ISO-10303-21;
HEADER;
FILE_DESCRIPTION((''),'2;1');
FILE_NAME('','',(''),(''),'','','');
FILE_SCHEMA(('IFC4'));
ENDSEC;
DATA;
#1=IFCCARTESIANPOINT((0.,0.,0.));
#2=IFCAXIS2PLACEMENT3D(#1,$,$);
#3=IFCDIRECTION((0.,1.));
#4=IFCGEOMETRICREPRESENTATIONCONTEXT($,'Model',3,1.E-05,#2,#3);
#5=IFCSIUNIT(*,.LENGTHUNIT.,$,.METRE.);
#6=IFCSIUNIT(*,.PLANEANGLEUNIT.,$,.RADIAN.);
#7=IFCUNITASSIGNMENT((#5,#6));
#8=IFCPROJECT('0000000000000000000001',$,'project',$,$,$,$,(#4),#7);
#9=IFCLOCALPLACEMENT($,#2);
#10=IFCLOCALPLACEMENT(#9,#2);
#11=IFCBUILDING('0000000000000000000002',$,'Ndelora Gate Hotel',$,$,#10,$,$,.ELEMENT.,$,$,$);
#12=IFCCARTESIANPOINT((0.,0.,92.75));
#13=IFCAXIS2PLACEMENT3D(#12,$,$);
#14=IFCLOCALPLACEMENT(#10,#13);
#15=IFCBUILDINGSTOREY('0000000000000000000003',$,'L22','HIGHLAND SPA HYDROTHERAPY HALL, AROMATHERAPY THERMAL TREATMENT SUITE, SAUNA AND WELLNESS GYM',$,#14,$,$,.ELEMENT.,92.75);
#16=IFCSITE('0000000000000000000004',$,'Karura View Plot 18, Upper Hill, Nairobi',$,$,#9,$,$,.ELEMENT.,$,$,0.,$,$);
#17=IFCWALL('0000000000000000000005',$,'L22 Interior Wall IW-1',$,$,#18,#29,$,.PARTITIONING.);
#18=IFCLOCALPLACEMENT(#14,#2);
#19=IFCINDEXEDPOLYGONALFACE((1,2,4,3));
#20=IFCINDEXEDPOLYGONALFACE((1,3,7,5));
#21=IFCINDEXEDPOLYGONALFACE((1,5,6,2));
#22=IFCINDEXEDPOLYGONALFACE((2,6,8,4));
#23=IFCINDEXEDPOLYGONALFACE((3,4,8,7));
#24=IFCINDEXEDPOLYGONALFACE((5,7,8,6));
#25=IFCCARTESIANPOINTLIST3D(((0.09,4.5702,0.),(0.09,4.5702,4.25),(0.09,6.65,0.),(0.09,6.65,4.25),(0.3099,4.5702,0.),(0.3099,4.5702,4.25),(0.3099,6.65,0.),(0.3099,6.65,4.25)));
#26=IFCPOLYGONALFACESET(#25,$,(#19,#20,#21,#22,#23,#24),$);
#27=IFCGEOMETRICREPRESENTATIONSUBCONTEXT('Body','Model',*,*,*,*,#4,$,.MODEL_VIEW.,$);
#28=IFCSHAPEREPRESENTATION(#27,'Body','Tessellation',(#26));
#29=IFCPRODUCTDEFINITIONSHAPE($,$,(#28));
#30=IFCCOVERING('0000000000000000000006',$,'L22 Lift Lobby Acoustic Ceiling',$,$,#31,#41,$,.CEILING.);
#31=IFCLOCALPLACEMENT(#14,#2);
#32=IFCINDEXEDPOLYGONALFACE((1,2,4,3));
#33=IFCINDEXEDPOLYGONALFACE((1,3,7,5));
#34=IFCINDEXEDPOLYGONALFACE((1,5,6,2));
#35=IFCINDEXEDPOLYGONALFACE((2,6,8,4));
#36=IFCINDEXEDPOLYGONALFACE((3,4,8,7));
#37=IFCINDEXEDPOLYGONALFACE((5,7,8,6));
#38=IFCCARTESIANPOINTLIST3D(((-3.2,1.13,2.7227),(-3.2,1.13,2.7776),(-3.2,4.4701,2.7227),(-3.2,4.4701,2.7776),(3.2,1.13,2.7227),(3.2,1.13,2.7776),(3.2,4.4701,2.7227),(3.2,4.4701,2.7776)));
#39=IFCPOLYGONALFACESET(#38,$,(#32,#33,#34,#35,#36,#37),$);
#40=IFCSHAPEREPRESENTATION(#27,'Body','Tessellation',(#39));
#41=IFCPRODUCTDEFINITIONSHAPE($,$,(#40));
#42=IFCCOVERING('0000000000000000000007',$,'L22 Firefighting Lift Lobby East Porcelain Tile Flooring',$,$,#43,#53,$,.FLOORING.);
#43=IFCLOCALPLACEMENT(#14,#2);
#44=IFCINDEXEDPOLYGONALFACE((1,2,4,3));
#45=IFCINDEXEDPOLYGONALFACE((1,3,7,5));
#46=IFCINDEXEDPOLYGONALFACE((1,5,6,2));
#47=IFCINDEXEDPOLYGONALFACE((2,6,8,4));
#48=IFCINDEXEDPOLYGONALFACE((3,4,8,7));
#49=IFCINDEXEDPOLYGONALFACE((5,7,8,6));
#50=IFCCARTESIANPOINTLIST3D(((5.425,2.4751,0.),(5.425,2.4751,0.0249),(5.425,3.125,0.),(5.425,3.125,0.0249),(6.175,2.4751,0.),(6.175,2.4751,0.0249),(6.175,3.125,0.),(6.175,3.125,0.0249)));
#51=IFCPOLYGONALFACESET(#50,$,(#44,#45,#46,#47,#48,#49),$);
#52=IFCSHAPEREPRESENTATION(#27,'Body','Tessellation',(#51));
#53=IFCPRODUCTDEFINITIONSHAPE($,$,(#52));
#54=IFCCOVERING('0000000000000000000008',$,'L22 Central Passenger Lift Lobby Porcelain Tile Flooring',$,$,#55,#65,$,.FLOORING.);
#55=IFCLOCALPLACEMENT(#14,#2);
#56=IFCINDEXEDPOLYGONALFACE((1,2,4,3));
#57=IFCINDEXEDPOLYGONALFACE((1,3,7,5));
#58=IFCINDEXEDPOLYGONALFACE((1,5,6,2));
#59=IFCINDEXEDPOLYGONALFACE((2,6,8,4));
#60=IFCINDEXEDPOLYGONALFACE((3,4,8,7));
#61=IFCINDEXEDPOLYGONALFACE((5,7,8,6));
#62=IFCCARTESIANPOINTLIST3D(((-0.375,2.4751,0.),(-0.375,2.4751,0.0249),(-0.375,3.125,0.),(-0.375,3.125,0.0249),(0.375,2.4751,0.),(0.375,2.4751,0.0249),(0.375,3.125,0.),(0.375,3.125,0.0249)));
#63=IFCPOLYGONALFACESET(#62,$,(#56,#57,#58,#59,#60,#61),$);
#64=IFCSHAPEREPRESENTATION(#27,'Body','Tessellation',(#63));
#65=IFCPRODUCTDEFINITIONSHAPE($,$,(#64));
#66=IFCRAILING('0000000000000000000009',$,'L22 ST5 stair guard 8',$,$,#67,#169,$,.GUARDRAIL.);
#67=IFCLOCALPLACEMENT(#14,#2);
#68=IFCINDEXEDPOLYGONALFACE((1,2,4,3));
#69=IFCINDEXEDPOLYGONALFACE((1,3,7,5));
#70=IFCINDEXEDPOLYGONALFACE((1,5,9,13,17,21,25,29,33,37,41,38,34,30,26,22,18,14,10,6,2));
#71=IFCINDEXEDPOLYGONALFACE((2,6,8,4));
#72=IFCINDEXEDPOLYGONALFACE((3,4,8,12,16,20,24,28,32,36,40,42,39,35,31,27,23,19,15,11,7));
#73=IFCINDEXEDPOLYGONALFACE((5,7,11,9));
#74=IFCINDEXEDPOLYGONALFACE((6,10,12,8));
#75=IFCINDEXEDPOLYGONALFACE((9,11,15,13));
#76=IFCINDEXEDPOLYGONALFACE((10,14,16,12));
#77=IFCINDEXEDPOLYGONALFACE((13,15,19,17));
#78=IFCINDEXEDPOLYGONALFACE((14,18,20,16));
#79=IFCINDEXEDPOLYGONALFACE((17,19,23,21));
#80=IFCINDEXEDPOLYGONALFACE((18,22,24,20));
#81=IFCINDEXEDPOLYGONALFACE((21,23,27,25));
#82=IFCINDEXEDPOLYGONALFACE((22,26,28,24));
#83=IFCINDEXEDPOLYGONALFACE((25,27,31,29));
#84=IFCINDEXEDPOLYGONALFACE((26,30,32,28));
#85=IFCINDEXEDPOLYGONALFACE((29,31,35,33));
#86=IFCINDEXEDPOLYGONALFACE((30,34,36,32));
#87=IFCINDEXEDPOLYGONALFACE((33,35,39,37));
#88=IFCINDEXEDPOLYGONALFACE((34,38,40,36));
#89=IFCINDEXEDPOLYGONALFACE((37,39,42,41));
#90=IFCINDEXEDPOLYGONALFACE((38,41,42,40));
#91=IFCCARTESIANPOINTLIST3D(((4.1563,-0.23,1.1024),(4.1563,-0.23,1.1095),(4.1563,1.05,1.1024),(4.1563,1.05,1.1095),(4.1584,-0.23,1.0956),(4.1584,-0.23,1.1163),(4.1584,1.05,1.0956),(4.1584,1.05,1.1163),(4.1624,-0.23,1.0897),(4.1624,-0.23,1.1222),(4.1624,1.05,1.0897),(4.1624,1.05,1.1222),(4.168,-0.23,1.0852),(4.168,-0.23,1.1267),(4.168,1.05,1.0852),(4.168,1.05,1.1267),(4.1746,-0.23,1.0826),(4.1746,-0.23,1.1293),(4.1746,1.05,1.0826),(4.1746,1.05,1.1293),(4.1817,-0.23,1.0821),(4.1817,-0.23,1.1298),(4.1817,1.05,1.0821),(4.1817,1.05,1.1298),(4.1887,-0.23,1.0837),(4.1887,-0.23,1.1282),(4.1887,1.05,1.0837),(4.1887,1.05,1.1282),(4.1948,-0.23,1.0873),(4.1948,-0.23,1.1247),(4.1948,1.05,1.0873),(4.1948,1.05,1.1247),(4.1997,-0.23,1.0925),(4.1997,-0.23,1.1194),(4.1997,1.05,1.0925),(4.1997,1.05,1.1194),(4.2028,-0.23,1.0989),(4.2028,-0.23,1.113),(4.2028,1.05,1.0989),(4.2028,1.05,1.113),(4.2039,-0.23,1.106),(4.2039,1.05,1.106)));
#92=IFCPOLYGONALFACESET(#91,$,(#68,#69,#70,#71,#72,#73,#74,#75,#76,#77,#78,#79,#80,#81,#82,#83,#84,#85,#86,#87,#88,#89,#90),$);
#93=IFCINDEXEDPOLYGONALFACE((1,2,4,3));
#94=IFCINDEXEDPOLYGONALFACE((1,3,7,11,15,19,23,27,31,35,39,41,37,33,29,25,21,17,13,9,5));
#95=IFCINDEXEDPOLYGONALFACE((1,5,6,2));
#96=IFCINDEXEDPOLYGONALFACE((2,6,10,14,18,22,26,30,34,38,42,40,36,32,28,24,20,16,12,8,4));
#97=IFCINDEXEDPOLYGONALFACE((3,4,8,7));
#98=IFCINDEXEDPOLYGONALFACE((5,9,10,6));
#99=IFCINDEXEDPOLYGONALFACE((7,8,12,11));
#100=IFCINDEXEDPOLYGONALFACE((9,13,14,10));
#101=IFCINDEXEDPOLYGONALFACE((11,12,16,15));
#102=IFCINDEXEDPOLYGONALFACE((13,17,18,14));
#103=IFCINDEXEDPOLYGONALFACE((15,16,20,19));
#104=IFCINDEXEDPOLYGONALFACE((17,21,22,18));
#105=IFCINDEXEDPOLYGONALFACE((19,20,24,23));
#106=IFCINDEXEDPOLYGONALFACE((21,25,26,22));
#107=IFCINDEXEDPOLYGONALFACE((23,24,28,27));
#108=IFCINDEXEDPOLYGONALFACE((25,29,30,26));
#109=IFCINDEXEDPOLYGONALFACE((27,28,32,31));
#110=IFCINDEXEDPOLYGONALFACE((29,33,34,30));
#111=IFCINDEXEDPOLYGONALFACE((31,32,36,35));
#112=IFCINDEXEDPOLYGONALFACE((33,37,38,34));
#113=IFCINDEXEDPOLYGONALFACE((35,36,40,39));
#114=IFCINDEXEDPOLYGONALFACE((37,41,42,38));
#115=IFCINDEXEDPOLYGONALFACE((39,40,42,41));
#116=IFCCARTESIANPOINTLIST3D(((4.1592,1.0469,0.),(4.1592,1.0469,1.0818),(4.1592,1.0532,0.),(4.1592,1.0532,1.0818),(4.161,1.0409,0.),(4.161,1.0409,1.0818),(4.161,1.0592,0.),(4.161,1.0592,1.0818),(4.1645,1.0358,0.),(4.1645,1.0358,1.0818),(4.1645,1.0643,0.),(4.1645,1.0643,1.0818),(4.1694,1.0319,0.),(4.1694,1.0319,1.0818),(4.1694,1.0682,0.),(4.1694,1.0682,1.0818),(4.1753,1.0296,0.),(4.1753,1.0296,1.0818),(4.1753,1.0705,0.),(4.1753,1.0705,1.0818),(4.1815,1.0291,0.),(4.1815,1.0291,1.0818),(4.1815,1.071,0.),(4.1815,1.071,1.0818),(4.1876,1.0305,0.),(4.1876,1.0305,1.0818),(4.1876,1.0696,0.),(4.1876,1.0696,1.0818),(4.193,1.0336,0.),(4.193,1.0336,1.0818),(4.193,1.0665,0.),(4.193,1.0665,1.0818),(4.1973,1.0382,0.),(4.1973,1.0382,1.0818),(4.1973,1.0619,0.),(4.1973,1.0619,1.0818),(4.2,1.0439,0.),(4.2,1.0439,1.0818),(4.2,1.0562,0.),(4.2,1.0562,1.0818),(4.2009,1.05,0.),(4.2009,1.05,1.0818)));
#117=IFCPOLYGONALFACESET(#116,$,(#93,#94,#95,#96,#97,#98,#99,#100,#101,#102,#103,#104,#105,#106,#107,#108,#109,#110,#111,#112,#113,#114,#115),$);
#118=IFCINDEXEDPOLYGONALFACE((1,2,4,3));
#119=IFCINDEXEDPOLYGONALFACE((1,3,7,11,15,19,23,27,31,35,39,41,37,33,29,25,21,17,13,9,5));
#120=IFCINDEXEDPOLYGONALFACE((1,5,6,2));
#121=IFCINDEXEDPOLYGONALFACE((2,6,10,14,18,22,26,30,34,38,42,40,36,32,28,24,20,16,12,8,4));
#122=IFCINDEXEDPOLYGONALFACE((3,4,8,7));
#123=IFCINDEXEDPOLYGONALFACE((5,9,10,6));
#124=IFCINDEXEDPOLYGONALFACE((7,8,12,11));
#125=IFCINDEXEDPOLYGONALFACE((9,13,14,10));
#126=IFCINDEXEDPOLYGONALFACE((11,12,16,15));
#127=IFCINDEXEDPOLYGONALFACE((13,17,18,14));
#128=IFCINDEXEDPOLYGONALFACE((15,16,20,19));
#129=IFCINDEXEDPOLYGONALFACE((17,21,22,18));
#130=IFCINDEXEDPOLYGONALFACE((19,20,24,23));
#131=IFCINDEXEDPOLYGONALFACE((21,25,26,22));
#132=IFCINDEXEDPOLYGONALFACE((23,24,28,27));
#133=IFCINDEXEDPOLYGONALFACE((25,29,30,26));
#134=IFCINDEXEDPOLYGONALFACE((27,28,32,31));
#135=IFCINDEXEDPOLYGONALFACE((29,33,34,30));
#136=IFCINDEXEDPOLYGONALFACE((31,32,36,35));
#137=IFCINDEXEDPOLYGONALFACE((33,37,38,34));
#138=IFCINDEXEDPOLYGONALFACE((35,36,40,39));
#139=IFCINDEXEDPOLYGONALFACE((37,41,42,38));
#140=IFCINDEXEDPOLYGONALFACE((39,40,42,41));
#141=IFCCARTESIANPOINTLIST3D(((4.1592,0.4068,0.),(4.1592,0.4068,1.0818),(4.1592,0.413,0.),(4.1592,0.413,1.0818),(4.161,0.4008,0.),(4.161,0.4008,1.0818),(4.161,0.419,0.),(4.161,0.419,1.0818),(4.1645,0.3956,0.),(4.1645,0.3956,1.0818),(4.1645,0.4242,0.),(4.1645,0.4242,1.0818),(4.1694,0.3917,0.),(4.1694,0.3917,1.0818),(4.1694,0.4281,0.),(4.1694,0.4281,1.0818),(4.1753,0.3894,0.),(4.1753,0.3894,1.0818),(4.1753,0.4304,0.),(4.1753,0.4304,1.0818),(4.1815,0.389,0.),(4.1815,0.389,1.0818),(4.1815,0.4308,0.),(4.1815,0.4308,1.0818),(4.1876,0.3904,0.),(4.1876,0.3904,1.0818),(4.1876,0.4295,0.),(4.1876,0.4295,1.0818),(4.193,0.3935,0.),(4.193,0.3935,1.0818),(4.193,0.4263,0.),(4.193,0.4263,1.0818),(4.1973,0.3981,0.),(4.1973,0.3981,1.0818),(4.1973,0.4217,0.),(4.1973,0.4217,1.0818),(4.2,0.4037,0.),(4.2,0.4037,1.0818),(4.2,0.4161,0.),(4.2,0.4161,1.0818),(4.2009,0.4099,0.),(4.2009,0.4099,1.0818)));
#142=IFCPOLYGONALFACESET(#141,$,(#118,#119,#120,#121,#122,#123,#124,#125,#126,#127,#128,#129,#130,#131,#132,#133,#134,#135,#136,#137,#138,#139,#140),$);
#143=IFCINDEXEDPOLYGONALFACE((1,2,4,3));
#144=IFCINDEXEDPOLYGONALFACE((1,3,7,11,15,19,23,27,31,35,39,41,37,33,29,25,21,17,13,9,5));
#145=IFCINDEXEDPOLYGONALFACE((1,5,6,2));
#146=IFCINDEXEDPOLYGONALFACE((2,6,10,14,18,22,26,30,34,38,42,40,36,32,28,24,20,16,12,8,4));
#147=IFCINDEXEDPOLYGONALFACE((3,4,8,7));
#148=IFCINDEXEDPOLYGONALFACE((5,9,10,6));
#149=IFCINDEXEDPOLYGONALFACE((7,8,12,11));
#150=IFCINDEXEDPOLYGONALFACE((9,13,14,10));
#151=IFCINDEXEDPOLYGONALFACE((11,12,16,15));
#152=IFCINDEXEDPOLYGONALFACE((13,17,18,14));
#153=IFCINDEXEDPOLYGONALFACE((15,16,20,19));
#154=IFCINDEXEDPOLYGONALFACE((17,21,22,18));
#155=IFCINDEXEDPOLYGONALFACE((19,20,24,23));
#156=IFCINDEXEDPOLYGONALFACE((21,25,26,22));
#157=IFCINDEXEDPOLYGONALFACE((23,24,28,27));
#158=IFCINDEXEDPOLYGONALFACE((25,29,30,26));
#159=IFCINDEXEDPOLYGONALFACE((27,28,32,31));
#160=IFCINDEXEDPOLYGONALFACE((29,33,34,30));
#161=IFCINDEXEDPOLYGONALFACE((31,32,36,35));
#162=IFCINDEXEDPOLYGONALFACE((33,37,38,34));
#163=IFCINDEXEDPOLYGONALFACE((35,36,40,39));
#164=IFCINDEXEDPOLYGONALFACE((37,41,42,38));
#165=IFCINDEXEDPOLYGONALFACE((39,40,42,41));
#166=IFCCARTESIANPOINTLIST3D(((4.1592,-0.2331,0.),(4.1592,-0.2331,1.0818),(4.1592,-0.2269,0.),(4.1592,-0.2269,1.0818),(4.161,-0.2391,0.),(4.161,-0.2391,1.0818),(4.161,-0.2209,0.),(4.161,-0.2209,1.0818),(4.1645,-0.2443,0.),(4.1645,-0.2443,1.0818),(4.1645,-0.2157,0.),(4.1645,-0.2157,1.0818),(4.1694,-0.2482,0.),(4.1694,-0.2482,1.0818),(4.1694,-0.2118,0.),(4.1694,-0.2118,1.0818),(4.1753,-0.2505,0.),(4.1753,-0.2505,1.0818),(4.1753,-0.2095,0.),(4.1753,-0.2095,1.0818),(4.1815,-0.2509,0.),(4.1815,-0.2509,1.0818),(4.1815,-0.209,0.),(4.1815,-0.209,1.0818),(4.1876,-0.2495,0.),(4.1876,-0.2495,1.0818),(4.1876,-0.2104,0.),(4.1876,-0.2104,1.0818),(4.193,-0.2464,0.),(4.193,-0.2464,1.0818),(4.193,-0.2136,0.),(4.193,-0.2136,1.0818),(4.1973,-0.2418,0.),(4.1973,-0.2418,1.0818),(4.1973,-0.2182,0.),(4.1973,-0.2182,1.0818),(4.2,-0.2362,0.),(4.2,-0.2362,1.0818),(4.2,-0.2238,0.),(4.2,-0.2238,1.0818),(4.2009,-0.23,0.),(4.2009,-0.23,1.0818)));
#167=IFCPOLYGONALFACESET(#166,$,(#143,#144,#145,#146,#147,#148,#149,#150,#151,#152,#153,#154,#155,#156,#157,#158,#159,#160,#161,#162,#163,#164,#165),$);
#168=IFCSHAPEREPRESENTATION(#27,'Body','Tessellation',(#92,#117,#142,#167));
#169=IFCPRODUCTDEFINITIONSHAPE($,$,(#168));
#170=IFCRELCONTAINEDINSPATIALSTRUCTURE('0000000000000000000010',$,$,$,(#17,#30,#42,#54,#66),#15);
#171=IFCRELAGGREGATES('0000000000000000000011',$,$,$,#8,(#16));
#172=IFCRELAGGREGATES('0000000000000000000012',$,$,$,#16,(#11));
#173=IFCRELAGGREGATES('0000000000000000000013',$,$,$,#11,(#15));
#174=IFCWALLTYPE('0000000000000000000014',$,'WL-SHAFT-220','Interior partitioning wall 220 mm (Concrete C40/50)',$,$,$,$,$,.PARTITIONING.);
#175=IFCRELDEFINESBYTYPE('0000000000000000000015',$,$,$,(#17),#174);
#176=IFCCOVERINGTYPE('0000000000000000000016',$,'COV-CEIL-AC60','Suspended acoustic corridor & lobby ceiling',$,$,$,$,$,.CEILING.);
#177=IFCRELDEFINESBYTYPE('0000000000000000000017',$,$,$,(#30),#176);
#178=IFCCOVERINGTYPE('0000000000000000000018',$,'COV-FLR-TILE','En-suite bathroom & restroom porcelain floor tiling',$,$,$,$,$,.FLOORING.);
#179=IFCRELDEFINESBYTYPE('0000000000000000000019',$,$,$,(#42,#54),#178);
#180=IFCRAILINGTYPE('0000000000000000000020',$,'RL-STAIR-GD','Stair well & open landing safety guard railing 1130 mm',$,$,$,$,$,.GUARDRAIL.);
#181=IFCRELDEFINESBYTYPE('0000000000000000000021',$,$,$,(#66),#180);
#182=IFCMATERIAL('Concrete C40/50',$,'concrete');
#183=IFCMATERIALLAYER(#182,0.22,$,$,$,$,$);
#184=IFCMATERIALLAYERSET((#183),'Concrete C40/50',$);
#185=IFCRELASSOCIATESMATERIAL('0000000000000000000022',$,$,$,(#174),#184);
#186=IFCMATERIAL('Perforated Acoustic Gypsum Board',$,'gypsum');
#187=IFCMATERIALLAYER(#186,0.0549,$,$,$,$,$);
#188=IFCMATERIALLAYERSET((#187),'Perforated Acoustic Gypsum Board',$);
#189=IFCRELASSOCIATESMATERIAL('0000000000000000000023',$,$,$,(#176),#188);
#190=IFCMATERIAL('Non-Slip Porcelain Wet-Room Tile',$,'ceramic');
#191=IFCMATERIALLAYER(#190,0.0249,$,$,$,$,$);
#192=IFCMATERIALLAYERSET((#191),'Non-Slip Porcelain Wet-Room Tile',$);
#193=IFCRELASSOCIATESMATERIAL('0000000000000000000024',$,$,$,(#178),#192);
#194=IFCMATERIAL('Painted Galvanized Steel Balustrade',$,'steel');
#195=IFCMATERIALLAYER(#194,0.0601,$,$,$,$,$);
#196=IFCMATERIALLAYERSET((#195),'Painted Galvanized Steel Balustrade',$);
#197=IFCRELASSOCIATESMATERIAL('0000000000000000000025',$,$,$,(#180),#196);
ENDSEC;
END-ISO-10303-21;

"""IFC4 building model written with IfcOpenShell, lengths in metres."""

from ifc_helpers import new_model, si_unit, direction, frame, frame_2d, origin, origin_2d, place, context, subcontext, project, spatial, rectangle, circle, extrude, material, layer, layer_set, type_object, element, save


model = new_model("IFC4")

# Units and contexts
model_context = context("Model", 3, precision=1e-05, world=origin(), true_north=direction((0.0, 1.0)))
body_context = subcontext(model_context, "Body", "Model", "MODEL_VIEW")
ifc_project = project(units=[si_unit("LENGTHUNIT", "METRE"), si_unit("PLANEANGLEUNIT", "RADIAN")], contexts=[model_context])

# Site, building, storey
site_placement = place(None, origin())
site = spatial("IfcSite", under=ifc_project, at=site_placement, Name="Karura View Plot 18, Upper Hill, Nairobi", CompositionType="ELEMENT", RefElevation=0.0)
building_placement = place(site_placement, origin())
building = spatial("IfcBuilding", under=site, at=building_placement, Name="Ndelora Gate Hotel", CompositionType="ELEMENT")
storey_placement = place(building_placement, frame((0.0, 0.0, 92.75)))
storey = spatial("IfcBuildingStorey", under=building, at=storey_placement, Name="L22", Description="HIGHLAND SPA HYDROTHERAPY HALL, AROMATHERAPY THERMAL TREATMENT SUITE, SAUNA AND WELLNESS GYM", CompositionType="ELEMENT", Elevation=92.75)

# Shared definitions
ifc_material_1 = material(Name="Concrete C40/50", Category="concrete")
ifc_layer_1 = layer(ifc_material_1, 0.22)
ifc_layer_set_1 = layer_set([ifc_layer_1], Name="Concrete C40/50")
wall_type_1 = type_object("IfcWallType", Name="WL-SHAFT-220", Description="Interior partitioning wall 220 mm (Concrete C40/50)", PredefinedType="PARTITIONING", material=ifc_layer_set_1)

# Wall
wall_1_placement = place(storey_placement, frame((0.2, 4.5701, 0.0), z_axis=(0.0, 0.0, 1.0), x_axis=(0.0, 1.0, 0.0)))
element("IfcWall", 1, at=wall_1_placement, inside=storey, type_object=wall_type_1, Name="L22 Interior Wall IW-1", PredefinedType="PARTITIONING", context=body_context, shape_type="SweptSolid", body=[
    extrude(rectangle(XDim=2.0798, YDim=0.22, at=frame_2d((1.04, 0.0))), origin(), (0.0, 0.0, 1.0), 4.25),
])

# Coverings
ifc_material_2 = material(Name="Perforated Acoustic Gypsum Board", Category="gypsum")
ifc_layer_2 = layer(ifc_material_2, 0.0549)
ifc_layer_set_2 = layer_set([ifc_layer_2], Name="Perforated Acoustic Gypsum Board")
covering_type_1 = type_object("IfcCoveringType", Name="COV-CEIL-AC60", Description="Suspended acoustic corridor & lobby ceiling", PredefinedType="CEILING", material=ifc_layer_set_2)
covering_placement = place(storey_placement, frame((0.0, 2.8, 2.7227), z_axis=(0.0, 0.0, 1.0), x_axis=(1.0, 0.0, 0.0)))
element("IfcCovering", 2, at=covering_placement, inside=storey, type_object=covering_type_1, Name="L22 Lift Lobby Acoustic Ceiling", PredefinedType="CEILING", context=body_context, shape_type="SweptSolid", body=[
    extrude(rectangle(XDim=6.3999, YDim=3.3401, at=origin_2d()), origin(), (0.0, 0.0, 1.0), 0.0549),
])
ifc_material_3 = material(Name="Non-Slip Porcelain Wet-Room Tile", Category="ceramic")
ifc_layer_3 = layer(ifc_material_3, 0.0249)
ifc_layer_set_3 = layer_set([ifc_layer_3], Name="Non-Slip Porcelain Wet-Room Tile")
covering_type_2 = type_object("IfcCoveringType", Name="COV-FLR-TILE", Description="En-suite bathroom & restroom porcelain floor tiling", PredefinedType="FLOORING", material=ifc_layer_set_3)
for number, where, z_axis, x_axis, name in (
    (3, (5.8, 2.8, 0.0), (0.0, 0.0, 1.0), (1.0, 0.0, 0.0), "L22 Firefighting Lift Lobby East Porcelain Tile Flooring"),
    (4, (0.0, 2.8, 0.0), (0.0, 0.0, 1.0), (1.0, 0.0, 0.0), "L22 Central Passenger Lift Lobby Porcelain Tile Flooring"),
):
    element("IfcCovering", number, at=place(storey_placement, frame(where, z_axis=z_axis, x_axis=x_axis)), inside=storey, type_object=covering_type_2, Name=name, PredefinedType="FLOORING", context=body_context, shape_type="SweptSolid", body=[
        extrude(rectangle(XDim=0.75, YDim=0.6499, at=origin_2d()), origin(), (0.0, 0.0, 1.0), 0.0249),
    ])

# Railing
ifc_material_4 = material(Name="Painted Galvanized Steel Balustrade", Category="steel")
ifc_layer_4 = layer(ifc_material_4, 0.0601)
ifc_layer_set_4 = layer_set([ifc_layer_4], Name="Painted Galvanized Steel Balustrade")
railing_type = type_object("IfcRailingType", Name="RL-STAIR-GD", Description="Stair well & open landing safety guard railing 1130 mm", PredefinedType="GUARDRAIL", material=ifc_layer_set_4)
railing_placement = place(storey_placement, frame((4.1799, 1.05, 0.0)))
element("IfcRailing", 5, at=railing_placement, inside=storey, type_object=railing_type, Name="L22 ST5 stair guard 8", PredefinedType="GUARDRAIL", context=body_context, shape_type="SweptSolid", body=[
    extrude(circle(Radius=0.0239, at=origin_2d()), frame((0.0, 0.0, 1.106), z_axis=(0.0, -1.0, 0.0), x_axis=(1.0, 0.0, 0.0)), (0.0, 0.0, 1.0), 1.28),
    extrude(circle(Radius=0.021, at=origin_2d()), origin(), (0.0, 0.0, 1.0), 1.0818),
    extrude(circle(Radius=0.021, at=origin_2d()), frame((0.0, -0.6401, 0.0)), (0.0, 0.0, 1.0), 1.0818),
    extrude(circle(Radius=0.021, at=origin_2d()), frame((0.0, -1.28, 0.0)), (0.0, 0.0, 1.0), 1.0818),
])

save(model, "model.ifc")
